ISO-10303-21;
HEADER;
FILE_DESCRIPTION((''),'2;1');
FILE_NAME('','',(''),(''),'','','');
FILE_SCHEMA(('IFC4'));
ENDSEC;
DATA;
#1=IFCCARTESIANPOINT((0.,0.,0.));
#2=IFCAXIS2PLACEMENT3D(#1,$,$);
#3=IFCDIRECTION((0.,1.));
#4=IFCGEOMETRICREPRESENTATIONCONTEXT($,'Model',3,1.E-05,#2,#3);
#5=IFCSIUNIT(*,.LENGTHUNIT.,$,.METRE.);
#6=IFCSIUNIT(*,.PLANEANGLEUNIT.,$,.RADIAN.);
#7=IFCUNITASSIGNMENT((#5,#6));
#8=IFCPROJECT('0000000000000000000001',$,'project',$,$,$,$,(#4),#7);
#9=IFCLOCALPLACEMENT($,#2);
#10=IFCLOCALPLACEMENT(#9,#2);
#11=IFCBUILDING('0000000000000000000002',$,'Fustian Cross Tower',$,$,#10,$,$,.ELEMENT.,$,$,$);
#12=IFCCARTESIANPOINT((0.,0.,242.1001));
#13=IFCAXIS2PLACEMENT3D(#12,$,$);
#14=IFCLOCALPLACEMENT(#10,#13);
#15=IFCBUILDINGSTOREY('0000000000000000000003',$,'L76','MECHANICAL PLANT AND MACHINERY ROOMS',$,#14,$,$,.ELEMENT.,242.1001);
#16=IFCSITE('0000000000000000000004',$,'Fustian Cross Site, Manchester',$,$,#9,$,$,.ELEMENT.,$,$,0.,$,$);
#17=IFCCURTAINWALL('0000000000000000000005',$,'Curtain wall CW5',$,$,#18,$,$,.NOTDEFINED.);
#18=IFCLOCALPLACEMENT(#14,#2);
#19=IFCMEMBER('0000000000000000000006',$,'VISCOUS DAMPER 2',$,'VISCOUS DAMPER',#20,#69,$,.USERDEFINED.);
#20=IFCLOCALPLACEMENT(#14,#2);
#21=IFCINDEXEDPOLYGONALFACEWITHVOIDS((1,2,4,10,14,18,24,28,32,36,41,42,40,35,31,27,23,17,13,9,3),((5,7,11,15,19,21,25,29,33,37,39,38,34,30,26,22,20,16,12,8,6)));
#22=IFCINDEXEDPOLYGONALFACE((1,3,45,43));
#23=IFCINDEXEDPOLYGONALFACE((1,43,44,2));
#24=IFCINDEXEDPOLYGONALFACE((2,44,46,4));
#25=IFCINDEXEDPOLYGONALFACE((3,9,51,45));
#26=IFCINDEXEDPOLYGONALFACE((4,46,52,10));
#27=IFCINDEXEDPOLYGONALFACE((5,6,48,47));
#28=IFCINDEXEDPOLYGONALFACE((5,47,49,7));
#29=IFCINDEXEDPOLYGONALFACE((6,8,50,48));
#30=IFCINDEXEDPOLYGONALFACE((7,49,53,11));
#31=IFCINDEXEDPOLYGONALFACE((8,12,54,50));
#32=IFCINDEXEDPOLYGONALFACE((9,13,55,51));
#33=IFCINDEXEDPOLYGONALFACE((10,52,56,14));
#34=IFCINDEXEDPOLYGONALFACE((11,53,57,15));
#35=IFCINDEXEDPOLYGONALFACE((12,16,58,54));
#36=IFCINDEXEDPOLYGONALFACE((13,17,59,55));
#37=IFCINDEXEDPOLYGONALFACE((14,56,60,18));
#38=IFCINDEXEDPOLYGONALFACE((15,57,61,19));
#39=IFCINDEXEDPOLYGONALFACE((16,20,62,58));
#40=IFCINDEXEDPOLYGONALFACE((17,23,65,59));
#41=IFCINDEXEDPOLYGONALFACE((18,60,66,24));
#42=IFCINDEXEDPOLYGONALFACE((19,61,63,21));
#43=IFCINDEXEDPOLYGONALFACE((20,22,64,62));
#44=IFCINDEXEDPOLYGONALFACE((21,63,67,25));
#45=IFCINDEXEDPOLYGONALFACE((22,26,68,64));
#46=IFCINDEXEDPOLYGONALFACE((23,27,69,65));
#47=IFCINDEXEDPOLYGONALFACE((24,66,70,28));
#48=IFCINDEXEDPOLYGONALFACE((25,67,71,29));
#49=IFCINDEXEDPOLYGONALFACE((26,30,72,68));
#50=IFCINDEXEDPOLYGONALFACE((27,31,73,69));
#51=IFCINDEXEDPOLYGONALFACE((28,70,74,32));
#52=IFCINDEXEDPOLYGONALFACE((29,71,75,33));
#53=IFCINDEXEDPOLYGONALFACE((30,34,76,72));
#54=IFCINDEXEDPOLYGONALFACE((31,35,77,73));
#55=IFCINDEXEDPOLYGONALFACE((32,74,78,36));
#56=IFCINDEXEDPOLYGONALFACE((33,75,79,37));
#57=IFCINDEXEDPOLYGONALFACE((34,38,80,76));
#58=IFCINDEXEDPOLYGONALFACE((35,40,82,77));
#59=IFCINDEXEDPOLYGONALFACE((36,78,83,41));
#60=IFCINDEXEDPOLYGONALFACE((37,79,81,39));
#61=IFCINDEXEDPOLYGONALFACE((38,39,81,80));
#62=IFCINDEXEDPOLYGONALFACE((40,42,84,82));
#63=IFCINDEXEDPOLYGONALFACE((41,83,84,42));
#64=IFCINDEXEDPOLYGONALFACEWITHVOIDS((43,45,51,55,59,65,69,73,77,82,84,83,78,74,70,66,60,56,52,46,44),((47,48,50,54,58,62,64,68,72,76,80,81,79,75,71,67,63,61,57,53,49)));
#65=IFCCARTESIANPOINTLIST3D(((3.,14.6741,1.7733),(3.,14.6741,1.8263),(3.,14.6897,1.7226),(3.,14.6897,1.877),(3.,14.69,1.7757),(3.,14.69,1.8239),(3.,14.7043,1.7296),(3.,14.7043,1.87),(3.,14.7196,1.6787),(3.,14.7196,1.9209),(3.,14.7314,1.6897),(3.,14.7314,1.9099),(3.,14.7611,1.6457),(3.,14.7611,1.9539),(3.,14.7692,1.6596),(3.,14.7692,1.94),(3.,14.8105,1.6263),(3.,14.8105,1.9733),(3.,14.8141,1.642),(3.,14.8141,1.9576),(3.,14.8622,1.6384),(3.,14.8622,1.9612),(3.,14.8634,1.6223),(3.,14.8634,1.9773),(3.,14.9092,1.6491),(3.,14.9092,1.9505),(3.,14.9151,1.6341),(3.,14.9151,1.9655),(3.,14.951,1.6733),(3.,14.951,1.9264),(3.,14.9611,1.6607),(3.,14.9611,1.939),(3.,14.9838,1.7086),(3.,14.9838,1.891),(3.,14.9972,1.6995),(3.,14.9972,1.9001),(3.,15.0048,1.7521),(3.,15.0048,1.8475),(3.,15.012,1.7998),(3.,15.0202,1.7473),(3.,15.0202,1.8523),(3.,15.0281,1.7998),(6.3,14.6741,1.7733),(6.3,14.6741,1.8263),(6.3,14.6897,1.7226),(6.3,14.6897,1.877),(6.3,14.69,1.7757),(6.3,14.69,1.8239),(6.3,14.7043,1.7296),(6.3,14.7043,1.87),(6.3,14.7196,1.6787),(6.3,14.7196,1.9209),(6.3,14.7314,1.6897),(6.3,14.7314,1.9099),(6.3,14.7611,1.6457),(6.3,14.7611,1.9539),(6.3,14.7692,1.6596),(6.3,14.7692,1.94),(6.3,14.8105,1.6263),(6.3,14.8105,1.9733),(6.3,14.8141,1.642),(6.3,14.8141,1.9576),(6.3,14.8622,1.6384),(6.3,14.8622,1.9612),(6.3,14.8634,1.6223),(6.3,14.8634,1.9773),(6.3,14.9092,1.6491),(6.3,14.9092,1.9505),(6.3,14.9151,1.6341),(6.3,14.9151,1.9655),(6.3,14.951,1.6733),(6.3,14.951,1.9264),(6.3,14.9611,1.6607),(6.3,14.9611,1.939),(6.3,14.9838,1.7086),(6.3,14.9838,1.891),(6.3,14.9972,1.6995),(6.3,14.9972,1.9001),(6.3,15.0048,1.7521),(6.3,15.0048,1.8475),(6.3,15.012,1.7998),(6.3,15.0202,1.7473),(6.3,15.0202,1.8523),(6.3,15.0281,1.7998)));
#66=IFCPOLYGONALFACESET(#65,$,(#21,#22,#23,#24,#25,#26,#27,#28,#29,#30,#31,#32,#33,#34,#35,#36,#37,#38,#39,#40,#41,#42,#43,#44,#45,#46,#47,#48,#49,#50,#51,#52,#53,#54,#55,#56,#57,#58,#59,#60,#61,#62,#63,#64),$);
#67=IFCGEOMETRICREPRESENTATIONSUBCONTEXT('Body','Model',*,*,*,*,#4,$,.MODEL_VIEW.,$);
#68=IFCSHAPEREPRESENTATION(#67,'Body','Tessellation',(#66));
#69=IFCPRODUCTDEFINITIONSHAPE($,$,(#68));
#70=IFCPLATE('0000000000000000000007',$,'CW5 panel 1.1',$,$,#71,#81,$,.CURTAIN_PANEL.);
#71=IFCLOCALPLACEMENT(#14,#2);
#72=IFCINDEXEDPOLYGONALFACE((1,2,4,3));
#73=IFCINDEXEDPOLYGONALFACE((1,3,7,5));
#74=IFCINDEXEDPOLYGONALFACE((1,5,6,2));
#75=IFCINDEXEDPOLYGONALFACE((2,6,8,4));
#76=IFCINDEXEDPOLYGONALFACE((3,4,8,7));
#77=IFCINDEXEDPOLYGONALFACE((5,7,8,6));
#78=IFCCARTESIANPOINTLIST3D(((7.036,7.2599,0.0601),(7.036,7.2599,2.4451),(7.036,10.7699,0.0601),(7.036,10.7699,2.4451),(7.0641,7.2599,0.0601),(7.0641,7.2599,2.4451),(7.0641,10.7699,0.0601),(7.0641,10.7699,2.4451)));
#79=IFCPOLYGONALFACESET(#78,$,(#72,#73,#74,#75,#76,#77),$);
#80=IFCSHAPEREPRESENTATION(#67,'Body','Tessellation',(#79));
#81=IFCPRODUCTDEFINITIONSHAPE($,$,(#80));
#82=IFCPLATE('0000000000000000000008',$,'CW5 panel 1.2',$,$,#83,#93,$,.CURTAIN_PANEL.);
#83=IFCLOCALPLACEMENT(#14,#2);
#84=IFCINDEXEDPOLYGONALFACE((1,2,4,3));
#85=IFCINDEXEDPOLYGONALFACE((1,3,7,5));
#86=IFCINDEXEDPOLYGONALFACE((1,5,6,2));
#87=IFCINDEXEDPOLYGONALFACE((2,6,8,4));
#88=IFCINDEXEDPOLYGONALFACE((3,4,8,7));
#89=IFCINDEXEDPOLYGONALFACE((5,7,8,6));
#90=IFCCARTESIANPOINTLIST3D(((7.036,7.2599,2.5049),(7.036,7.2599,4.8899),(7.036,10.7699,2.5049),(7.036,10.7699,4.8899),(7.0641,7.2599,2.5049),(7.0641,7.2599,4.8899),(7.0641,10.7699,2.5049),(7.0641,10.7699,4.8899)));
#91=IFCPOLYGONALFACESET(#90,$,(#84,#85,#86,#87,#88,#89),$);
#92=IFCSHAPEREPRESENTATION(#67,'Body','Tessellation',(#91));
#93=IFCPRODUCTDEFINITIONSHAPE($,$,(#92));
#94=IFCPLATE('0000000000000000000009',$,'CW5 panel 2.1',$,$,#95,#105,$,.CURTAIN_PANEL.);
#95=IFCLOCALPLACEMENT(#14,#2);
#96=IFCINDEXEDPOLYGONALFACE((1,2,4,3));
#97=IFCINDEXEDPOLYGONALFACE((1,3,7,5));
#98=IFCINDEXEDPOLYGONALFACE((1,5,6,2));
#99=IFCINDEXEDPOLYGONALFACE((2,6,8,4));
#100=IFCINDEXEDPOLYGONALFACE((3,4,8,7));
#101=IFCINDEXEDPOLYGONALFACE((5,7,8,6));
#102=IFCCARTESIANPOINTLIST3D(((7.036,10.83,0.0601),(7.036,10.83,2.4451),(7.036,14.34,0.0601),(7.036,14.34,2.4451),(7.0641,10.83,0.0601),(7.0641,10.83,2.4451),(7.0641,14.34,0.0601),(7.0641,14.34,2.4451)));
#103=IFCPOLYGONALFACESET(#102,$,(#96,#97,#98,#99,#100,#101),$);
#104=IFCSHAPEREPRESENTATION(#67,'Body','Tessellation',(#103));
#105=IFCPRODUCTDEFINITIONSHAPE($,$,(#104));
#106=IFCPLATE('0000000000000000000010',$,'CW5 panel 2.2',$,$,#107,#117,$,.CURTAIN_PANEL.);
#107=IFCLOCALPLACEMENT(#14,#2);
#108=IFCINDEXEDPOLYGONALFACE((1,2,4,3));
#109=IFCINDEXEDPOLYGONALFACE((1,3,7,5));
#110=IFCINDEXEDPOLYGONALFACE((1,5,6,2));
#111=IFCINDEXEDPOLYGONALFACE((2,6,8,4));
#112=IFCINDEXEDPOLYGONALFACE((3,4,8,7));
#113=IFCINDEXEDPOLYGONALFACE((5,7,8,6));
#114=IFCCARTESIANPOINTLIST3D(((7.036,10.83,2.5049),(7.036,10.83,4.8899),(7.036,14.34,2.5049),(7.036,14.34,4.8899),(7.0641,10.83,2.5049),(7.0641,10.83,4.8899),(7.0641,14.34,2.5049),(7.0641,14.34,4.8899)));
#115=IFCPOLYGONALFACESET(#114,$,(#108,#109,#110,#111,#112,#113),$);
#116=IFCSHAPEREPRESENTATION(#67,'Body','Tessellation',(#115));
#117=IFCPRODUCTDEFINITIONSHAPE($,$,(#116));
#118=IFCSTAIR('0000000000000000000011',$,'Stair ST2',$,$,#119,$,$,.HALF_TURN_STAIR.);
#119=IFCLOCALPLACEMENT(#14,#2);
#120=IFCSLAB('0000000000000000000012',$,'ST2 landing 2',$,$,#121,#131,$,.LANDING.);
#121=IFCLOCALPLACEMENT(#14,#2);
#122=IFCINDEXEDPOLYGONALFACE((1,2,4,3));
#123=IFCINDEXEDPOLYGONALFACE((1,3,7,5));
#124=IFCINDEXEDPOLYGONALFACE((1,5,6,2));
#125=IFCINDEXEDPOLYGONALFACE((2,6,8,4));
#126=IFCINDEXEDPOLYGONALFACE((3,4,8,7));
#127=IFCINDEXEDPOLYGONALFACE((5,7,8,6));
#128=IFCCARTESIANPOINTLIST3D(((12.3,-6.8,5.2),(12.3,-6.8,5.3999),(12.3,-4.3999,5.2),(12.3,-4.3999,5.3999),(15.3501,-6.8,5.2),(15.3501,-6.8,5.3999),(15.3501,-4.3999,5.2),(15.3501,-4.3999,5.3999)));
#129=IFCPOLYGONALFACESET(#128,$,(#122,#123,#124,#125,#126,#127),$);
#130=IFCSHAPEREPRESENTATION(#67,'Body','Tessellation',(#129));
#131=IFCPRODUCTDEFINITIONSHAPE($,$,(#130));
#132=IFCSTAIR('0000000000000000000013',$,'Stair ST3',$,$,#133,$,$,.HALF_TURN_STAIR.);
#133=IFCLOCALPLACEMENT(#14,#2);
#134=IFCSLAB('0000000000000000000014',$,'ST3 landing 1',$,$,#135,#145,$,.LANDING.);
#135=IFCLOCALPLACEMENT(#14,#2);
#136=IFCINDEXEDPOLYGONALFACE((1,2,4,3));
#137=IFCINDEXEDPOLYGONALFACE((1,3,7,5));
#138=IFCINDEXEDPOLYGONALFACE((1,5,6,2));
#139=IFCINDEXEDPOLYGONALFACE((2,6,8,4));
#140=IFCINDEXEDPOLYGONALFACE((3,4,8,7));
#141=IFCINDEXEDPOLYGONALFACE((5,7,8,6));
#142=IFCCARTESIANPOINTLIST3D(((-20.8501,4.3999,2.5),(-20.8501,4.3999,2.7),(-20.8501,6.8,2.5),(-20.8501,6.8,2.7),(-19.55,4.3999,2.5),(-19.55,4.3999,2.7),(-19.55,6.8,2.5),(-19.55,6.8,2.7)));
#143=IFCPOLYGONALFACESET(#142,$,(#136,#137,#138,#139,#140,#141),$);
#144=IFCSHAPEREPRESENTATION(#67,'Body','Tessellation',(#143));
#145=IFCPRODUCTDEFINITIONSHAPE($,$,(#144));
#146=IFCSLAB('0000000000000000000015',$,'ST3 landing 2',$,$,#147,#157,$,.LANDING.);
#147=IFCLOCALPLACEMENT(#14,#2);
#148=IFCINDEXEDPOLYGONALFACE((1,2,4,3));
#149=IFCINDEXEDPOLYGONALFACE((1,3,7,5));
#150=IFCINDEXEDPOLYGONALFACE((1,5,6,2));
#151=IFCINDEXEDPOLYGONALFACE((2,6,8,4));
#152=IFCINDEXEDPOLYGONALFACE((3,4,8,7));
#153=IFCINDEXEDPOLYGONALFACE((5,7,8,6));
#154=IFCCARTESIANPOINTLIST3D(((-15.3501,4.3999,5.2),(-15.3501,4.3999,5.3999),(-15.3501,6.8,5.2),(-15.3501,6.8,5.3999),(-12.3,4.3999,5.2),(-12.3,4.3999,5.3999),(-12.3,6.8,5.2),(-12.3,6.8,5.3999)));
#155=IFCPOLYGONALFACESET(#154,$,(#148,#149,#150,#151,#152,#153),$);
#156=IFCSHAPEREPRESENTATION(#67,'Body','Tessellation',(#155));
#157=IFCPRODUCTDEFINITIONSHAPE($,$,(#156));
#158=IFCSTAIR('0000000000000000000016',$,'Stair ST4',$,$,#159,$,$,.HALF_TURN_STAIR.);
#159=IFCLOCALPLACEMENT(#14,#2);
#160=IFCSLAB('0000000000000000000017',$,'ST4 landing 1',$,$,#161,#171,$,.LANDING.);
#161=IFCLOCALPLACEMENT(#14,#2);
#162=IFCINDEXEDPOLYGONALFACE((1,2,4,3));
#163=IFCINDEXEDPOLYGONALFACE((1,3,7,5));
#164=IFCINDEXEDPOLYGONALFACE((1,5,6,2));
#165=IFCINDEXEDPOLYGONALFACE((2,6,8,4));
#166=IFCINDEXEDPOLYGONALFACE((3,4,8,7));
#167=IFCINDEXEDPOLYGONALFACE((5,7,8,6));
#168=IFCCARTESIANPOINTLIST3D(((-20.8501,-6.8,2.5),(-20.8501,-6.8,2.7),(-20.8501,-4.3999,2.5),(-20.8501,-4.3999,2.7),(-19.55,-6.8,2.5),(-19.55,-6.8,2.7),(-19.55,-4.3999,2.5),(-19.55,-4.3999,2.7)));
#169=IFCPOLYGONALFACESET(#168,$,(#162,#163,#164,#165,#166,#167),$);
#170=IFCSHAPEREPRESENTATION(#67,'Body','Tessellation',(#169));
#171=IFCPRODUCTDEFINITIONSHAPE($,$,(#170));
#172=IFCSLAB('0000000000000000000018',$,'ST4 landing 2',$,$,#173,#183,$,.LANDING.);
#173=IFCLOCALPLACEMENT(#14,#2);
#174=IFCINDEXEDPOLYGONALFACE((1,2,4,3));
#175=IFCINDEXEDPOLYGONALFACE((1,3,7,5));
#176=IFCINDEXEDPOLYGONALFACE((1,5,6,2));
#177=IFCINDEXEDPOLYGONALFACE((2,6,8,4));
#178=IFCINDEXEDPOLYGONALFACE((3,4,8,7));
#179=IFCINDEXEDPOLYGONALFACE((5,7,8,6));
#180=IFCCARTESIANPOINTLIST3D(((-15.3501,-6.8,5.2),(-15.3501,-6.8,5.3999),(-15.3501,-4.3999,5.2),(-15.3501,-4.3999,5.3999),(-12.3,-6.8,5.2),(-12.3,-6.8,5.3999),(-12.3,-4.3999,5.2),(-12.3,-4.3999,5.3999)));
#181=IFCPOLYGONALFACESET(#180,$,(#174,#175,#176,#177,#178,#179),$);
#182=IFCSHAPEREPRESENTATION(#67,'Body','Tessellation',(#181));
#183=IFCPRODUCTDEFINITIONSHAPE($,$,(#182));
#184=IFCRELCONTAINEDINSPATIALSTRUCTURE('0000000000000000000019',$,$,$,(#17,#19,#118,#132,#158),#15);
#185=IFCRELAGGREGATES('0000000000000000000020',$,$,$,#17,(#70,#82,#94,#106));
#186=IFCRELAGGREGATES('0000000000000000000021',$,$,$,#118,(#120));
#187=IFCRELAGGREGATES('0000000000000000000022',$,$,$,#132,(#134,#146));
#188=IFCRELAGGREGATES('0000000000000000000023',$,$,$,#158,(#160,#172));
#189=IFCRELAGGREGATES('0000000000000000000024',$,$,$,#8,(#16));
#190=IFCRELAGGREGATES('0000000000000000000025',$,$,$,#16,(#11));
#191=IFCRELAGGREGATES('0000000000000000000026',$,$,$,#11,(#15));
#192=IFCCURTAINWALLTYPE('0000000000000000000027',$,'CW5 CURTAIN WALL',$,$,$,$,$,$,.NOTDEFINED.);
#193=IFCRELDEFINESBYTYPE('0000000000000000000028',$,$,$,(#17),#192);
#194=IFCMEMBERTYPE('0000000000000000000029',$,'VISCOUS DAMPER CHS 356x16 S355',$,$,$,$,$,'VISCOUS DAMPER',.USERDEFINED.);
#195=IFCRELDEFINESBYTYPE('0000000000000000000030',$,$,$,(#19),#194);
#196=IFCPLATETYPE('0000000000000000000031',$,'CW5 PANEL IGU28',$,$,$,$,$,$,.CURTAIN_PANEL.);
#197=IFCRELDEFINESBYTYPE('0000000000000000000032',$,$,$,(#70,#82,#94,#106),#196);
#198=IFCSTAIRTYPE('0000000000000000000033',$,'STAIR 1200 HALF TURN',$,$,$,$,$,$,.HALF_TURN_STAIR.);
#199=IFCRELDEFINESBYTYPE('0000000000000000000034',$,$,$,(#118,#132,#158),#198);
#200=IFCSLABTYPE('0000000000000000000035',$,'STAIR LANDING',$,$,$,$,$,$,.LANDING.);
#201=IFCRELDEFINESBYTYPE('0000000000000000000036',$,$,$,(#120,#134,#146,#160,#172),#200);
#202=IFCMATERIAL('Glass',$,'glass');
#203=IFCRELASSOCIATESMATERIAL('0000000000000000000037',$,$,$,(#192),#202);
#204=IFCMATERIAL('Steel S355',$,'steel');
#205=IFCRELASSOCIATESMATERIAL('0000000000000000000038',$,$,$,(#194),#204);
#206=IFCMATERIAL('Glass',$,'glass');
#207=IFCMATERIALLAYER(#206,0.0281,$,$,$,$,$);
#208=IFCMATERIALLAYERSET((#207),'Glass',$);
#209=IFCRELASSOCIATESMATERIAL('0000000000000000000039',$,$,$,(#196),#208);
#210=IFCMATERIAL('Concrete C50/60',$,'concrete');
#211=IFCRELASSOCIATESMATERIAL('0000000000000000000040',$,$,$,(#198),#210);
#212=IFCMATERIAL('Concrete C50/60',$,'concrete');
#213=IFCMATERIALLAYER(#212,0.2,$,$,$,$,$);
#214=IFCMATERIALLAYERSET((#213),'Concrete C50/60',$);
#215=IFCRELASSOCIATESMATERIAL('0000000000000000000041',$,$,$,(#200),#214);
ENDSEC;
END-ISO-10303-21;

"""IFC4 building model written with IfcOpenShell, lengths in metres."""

from ifc_helpers import new_model, si_unit, direction, frame, origin, origin_2d, place, context, subcontext, project, spatial, polyline, rectangle, hollow_circle, outline, extrude, material, layer, layer_set, material_profile, profile_set, type_object, element, aggregate, save


model = new_model("IFC4")

# Units and contexts
model_context = context("Model", 3, precision=1e-05, world=origin(), true_north=direction((0.0, 1.0)))
body_context = subcontext(model_context, "Body", "Model", "MODEL_VIEW")
ifc_project = project(units=[si_unit("LENGTHUNIT", "METRE"), si_unit("PLANEANGLEUNIT", "RADIAN")], contexts=[model_context])

# Site, building, storey
site_placement = place(None, origin())
site = spatial("IfcSite", under=ifc_project, at=site_placement, Name="Fustian Cross Site, Manchester", CompositionType="ELEMENT", RefElevation=0.0)
building_placement = place(site_placement, origin())
building = spatial("IfcBuilding", under=site, at=building_placement, Name="Fustian Cross Tower", CompositionType="ELEMENT")
storey_placement = place(building_placement, frame((0.0, 0.0, 242.1001)))
storey = spatial("IfcBuildingStorey", under=building, at=storey_placement, Name="L76", Description="MECHANICAL PLANT AND MACHINERY ROOMS", CompositionType="ELEMENT", Elevation=242.1001)

# Curtain wall
ifc_material_1 = material(Name="Glass", Category="glass")
curtain_wall_type = type_object("IfcCurtainWallType", Name="CW5 CURTAIN WALL", PredefinedType="NOTDEFINED", material=ifc_material_1)
curtain_wall_1_placement = place(storey_placement, origin())
curtain_wall_1 = element("IfcCurtainWall", 1, at=curtain_wall_1_placement, inside=storey, type_object=curtain_wall_type, Name="Curtain wall CW5", PredefinedType="NOTDEFINED")

# Member
ifc_material_2 = material(Name="Steel S355", Category="steel")
ifc_material_profile_1 = material_profile(ifc_material_2, hollow_circle(Radius=0.178, WallThickness=0.0161, at=origin_2d()), Name="CHS 356x16")
ifc_profile_set_1 = profile_set([ifc_material_profile_1], Name="Steel S355")
member_type_1 = type_object("IfcMemberType", Name="VISCOUS DAMPER CHS 356x16 S355", ElementType="VISCOUS DAMPER", PredefinedType="USERDEFINED", material=ifc_profile_set_1)
member_1_placement = place(storey_placement, frame((3.0, 14.8501, 1.7998), z_axis=(1.0, 0.0, 0.0), x_axis=(0.0, 1.0, 0.0)))
element("IfcMember", 2, at=member_1_placement, inside=storey, type_object=member_type_1, Name="VISCOUS DAMPER 2", ObjectType="VISCOUS DAMPER", PredefinedType="USERDEFINED", context=body_context, shape_type="SweptSolid", body=[
    extrude(hollow_circle(Radius=0.178, WallThickness=0.0161, at=origin_2d()), origin(), (0.0, 0.0, 1.0), 3.3),
])

# Plates
ifc_material_3 = material(Name="Glass", Category="glass")
ifc_layer_1 = layer(ifc_material_3, 0.0281)
ifc_layer_set_1 = layer_set([ifc_layer_1], Name="Glass")
plate_type = type_object("IfcPlateType", Name="CW5 PANEL IGU28", PredefinedType="CURTAIN_PANEL", material=ifc_layer_set_1)
plate_1_placement = place(storey_placement, frame((7.05, 9.0149, 0.0601), z_axis=(0.0, 0.0, 1.0), x_axis=(0.0, 1.0, 0.0)))
plate_1 = element("IfcPlate", 3, at=plate_1_placement, type_object=plate_type, Name="CW5 panel 1.1", PredefinedType="CURTAIN_PANEL", context=body_context, shape_type="SweptSolid", body=[
    extrude(rectangle(XDim=3.51, YDim=0.0281, at=origin_2d()), origin(), (0.0, 0.0, 1.0), 2.385),
])
plate_2_placement = place(storey_placement, frame((7.05, 9.0149, 2.5049), z_axis=(0.0, 0.0, 1.0), x_axis=(0.0, 1.0, 0.0)))
plate_2 = element("IfcPlate", 4, at=plate_2_placement, type_object=plate_type, Name="CW5 panel 1.2", PredefinedType="CURTAIN_PANEL", context=body_context, shape_type="SweptSolid", body=[
    extrude(rectangle(XDim=3.51, YDim=0.0281, at=origin_2d()), origin(), (0.0, 0.0, 1.0), 2.385),
])
plate_3_placement = place(storey_placement, frame((7.05, 12.585, 0.0601), z_axis=(0.0, 0.0, 1.0), x_axis=(0.0, 1.0, 0.0)))
plate_3 = element("IfcPlate", 5, at=plate_3_placement, type_object=plate_type, Name="CW5 panel 2.1", PredefinedType="CURTAIN_PANEL", context=body_context, shape_type="SweptSolid", body=[
    extrude(rectangle(XDim=3.51, YDim=0.0281, at=origin_2d()), origin(), (0.0, 0.0, 1.0), 2.385),
])
plate_4_placement = place(storey_placement, frame((7.05, 12.585, 2.5049), z_axis=(0.0, 0.0, 1.0), x_axis=(0.0, 1.0, 0.0)))
plate_4 = element("IfcPlate", 6, at=plate_4_placement, type_object=plate_type, Name="CW5 panel 2.2", PredefinedType="CURTAIN_PANEL", context=body_context, shape_type="SweptSolid", body=[
    extrude(rectangle(XDim=3.51, YDim=0.0281, at=origin_2d()), origin(), (0.0, 0.0, 1.0), 2.385),
])
aggregate(curtain_wall_1, [plate_1, plate_2, plate_3, plate_4])

# Stair, slab
ifc_material_4 = material(Name="Concrete C50/60", Category="concrete")
stair_type = type_object("IfcStairType", Name="STAIR 1200 HALF TURN", PredefinedType="HALF_TURN_STAIR", material=ifc_material_4)
stair_1_placement = place(storey_placement, origin())
stair_1 = element("IfcStair", 7, at=stair_1_placement, inside=storey, type_object=stair_type, Name="Stair ST2", PredefinedType="HALF_TURN_STAIR")
ifc_material_5 = material(Name="Concrete C50/60", Category="concrete")
ifc_layer_2 = layer(ifc_material_5, 0.2)
ifc_layer_set_2 = layer_set([ifc_layer_2], Name="Concrete C50/60")
slab_type = type_object("IfcSlabType", Name="STAIR LANDING", PredefinedType="LANDING", material=ifc_layer_set_2)
slab_1_placement = place(storey_placement, frame((0.0, 0.0, 5.2)))
slab_1 = element("IfcSlab", 8, at=slab_1_placement, type_object=slab_type, Name="ST2 landing 2", PredefinedType="LANDING", context=body_context, shape_type="SweptSolid", body=[
    extrude(outline(polyline([(12.3, -4.3999), (15.3501, -4.3999), (15.3501, -6.8), (12.3, -6.8), (12.3, -4.3999)])), origin(), (0.0, 0.0, 1.0), 0.2),
])
aggregate(stair_1, [slab_1])

# Stairs, slabs
stair_2_placement = place(storey_placement, origin())
stair_2 = element("IfcStair", 9, at=stair_2_placement, inside=storey, type_object=stair_type, Name="Stair ST3", PredefinedType="HALF_TURN_STAIR")
slab_2_placement = place(storey_placement, frame((0.0, 0.0, 2.5)))
slab_2 = element("IfcSlab", 10, at=slab_2_placement, type_object=slab_type, Name="ST3 landing 1", PredefinedType="LANDING", context=body_context, shape_type="SweptSolid", body=[
    extrude(outline(polyline([(-19.55, 4.3999), (-20.8501, 4.3999), (-20.8501, 6.8), (-19.55, 6.8), (-19.55, 4.3999)])), origin(), (0.0, 0.0, 1.0), 0.2),
])
slab_3_placement = place(storey_placement, frame((0.0, 0.0, 5.2)))
slab_3 = element("IfcSlab", 11, at=slab_3_placement, type_object=slab_type, Name="ST3 landing 2", PredefinedType="LANDING", context=body_context, shape_type="SweptSolid", body=[
    extrude(outline(polyline([(-12.3, 4.3999), (-15.3501, 4.3999), (-15.3501, 6.8), (-12.3, 6.8), (-12.3, 4.3999)])), origin(), (0.0, 0.0, 1.0), 0.2),
])
aggregate(stair_2, [slab_2, slab_3])
stair_3_placement = place(storey_placement, origin())
stair_3 = element("IfcStair", 12, at=stair_3_placement, inside=storey, type_object=stair_type, Name="Stair ST4", PredefinedType="HALF_TURN_STAIR")
slab_4_placement = place(storey_placement, frame((0.0, 0.0, 2.5)))
slab_4 = element("IfcSlab", 13, at=slab_4_placement, type_object=slab_type, Name="ST4 landing 1", PredefinedType="LANDING", context=body_context, shape_type="SweptSolid", body=[
    extrude(outline(polyline([(-19.55, -4.3999), (-20.8501, -4.3999), (-20.8501, -6.8), (-19.55, -6.8), (-19.55, -4.3999)])), origin(), (0.0, 0.0, 1.0), 0.2),
])
slab_5_placement = place(storey_placement, frame((0.0, 0.0, 5.2)))
slab_5 = element("IfcSlab", 14, at=slab_5_placement, type_object=slab_type, Name="ST4 landing 2", PredefinedType="LANDING", context=body_context, shape_type="SweptSolid", body=[
    extrude(outline(polyline([(-12.3, -4.3999), (-15.3501, -4.3999), (-15.3501, -6.8), (-12.3, -6.8), (-12.3, -4.3999)])), origin(), (0.0, 0.0, 1.0), 0.2),
])
aggregate(stair_3, [slab_4, slab_5])

save(model, "model.ifc")
